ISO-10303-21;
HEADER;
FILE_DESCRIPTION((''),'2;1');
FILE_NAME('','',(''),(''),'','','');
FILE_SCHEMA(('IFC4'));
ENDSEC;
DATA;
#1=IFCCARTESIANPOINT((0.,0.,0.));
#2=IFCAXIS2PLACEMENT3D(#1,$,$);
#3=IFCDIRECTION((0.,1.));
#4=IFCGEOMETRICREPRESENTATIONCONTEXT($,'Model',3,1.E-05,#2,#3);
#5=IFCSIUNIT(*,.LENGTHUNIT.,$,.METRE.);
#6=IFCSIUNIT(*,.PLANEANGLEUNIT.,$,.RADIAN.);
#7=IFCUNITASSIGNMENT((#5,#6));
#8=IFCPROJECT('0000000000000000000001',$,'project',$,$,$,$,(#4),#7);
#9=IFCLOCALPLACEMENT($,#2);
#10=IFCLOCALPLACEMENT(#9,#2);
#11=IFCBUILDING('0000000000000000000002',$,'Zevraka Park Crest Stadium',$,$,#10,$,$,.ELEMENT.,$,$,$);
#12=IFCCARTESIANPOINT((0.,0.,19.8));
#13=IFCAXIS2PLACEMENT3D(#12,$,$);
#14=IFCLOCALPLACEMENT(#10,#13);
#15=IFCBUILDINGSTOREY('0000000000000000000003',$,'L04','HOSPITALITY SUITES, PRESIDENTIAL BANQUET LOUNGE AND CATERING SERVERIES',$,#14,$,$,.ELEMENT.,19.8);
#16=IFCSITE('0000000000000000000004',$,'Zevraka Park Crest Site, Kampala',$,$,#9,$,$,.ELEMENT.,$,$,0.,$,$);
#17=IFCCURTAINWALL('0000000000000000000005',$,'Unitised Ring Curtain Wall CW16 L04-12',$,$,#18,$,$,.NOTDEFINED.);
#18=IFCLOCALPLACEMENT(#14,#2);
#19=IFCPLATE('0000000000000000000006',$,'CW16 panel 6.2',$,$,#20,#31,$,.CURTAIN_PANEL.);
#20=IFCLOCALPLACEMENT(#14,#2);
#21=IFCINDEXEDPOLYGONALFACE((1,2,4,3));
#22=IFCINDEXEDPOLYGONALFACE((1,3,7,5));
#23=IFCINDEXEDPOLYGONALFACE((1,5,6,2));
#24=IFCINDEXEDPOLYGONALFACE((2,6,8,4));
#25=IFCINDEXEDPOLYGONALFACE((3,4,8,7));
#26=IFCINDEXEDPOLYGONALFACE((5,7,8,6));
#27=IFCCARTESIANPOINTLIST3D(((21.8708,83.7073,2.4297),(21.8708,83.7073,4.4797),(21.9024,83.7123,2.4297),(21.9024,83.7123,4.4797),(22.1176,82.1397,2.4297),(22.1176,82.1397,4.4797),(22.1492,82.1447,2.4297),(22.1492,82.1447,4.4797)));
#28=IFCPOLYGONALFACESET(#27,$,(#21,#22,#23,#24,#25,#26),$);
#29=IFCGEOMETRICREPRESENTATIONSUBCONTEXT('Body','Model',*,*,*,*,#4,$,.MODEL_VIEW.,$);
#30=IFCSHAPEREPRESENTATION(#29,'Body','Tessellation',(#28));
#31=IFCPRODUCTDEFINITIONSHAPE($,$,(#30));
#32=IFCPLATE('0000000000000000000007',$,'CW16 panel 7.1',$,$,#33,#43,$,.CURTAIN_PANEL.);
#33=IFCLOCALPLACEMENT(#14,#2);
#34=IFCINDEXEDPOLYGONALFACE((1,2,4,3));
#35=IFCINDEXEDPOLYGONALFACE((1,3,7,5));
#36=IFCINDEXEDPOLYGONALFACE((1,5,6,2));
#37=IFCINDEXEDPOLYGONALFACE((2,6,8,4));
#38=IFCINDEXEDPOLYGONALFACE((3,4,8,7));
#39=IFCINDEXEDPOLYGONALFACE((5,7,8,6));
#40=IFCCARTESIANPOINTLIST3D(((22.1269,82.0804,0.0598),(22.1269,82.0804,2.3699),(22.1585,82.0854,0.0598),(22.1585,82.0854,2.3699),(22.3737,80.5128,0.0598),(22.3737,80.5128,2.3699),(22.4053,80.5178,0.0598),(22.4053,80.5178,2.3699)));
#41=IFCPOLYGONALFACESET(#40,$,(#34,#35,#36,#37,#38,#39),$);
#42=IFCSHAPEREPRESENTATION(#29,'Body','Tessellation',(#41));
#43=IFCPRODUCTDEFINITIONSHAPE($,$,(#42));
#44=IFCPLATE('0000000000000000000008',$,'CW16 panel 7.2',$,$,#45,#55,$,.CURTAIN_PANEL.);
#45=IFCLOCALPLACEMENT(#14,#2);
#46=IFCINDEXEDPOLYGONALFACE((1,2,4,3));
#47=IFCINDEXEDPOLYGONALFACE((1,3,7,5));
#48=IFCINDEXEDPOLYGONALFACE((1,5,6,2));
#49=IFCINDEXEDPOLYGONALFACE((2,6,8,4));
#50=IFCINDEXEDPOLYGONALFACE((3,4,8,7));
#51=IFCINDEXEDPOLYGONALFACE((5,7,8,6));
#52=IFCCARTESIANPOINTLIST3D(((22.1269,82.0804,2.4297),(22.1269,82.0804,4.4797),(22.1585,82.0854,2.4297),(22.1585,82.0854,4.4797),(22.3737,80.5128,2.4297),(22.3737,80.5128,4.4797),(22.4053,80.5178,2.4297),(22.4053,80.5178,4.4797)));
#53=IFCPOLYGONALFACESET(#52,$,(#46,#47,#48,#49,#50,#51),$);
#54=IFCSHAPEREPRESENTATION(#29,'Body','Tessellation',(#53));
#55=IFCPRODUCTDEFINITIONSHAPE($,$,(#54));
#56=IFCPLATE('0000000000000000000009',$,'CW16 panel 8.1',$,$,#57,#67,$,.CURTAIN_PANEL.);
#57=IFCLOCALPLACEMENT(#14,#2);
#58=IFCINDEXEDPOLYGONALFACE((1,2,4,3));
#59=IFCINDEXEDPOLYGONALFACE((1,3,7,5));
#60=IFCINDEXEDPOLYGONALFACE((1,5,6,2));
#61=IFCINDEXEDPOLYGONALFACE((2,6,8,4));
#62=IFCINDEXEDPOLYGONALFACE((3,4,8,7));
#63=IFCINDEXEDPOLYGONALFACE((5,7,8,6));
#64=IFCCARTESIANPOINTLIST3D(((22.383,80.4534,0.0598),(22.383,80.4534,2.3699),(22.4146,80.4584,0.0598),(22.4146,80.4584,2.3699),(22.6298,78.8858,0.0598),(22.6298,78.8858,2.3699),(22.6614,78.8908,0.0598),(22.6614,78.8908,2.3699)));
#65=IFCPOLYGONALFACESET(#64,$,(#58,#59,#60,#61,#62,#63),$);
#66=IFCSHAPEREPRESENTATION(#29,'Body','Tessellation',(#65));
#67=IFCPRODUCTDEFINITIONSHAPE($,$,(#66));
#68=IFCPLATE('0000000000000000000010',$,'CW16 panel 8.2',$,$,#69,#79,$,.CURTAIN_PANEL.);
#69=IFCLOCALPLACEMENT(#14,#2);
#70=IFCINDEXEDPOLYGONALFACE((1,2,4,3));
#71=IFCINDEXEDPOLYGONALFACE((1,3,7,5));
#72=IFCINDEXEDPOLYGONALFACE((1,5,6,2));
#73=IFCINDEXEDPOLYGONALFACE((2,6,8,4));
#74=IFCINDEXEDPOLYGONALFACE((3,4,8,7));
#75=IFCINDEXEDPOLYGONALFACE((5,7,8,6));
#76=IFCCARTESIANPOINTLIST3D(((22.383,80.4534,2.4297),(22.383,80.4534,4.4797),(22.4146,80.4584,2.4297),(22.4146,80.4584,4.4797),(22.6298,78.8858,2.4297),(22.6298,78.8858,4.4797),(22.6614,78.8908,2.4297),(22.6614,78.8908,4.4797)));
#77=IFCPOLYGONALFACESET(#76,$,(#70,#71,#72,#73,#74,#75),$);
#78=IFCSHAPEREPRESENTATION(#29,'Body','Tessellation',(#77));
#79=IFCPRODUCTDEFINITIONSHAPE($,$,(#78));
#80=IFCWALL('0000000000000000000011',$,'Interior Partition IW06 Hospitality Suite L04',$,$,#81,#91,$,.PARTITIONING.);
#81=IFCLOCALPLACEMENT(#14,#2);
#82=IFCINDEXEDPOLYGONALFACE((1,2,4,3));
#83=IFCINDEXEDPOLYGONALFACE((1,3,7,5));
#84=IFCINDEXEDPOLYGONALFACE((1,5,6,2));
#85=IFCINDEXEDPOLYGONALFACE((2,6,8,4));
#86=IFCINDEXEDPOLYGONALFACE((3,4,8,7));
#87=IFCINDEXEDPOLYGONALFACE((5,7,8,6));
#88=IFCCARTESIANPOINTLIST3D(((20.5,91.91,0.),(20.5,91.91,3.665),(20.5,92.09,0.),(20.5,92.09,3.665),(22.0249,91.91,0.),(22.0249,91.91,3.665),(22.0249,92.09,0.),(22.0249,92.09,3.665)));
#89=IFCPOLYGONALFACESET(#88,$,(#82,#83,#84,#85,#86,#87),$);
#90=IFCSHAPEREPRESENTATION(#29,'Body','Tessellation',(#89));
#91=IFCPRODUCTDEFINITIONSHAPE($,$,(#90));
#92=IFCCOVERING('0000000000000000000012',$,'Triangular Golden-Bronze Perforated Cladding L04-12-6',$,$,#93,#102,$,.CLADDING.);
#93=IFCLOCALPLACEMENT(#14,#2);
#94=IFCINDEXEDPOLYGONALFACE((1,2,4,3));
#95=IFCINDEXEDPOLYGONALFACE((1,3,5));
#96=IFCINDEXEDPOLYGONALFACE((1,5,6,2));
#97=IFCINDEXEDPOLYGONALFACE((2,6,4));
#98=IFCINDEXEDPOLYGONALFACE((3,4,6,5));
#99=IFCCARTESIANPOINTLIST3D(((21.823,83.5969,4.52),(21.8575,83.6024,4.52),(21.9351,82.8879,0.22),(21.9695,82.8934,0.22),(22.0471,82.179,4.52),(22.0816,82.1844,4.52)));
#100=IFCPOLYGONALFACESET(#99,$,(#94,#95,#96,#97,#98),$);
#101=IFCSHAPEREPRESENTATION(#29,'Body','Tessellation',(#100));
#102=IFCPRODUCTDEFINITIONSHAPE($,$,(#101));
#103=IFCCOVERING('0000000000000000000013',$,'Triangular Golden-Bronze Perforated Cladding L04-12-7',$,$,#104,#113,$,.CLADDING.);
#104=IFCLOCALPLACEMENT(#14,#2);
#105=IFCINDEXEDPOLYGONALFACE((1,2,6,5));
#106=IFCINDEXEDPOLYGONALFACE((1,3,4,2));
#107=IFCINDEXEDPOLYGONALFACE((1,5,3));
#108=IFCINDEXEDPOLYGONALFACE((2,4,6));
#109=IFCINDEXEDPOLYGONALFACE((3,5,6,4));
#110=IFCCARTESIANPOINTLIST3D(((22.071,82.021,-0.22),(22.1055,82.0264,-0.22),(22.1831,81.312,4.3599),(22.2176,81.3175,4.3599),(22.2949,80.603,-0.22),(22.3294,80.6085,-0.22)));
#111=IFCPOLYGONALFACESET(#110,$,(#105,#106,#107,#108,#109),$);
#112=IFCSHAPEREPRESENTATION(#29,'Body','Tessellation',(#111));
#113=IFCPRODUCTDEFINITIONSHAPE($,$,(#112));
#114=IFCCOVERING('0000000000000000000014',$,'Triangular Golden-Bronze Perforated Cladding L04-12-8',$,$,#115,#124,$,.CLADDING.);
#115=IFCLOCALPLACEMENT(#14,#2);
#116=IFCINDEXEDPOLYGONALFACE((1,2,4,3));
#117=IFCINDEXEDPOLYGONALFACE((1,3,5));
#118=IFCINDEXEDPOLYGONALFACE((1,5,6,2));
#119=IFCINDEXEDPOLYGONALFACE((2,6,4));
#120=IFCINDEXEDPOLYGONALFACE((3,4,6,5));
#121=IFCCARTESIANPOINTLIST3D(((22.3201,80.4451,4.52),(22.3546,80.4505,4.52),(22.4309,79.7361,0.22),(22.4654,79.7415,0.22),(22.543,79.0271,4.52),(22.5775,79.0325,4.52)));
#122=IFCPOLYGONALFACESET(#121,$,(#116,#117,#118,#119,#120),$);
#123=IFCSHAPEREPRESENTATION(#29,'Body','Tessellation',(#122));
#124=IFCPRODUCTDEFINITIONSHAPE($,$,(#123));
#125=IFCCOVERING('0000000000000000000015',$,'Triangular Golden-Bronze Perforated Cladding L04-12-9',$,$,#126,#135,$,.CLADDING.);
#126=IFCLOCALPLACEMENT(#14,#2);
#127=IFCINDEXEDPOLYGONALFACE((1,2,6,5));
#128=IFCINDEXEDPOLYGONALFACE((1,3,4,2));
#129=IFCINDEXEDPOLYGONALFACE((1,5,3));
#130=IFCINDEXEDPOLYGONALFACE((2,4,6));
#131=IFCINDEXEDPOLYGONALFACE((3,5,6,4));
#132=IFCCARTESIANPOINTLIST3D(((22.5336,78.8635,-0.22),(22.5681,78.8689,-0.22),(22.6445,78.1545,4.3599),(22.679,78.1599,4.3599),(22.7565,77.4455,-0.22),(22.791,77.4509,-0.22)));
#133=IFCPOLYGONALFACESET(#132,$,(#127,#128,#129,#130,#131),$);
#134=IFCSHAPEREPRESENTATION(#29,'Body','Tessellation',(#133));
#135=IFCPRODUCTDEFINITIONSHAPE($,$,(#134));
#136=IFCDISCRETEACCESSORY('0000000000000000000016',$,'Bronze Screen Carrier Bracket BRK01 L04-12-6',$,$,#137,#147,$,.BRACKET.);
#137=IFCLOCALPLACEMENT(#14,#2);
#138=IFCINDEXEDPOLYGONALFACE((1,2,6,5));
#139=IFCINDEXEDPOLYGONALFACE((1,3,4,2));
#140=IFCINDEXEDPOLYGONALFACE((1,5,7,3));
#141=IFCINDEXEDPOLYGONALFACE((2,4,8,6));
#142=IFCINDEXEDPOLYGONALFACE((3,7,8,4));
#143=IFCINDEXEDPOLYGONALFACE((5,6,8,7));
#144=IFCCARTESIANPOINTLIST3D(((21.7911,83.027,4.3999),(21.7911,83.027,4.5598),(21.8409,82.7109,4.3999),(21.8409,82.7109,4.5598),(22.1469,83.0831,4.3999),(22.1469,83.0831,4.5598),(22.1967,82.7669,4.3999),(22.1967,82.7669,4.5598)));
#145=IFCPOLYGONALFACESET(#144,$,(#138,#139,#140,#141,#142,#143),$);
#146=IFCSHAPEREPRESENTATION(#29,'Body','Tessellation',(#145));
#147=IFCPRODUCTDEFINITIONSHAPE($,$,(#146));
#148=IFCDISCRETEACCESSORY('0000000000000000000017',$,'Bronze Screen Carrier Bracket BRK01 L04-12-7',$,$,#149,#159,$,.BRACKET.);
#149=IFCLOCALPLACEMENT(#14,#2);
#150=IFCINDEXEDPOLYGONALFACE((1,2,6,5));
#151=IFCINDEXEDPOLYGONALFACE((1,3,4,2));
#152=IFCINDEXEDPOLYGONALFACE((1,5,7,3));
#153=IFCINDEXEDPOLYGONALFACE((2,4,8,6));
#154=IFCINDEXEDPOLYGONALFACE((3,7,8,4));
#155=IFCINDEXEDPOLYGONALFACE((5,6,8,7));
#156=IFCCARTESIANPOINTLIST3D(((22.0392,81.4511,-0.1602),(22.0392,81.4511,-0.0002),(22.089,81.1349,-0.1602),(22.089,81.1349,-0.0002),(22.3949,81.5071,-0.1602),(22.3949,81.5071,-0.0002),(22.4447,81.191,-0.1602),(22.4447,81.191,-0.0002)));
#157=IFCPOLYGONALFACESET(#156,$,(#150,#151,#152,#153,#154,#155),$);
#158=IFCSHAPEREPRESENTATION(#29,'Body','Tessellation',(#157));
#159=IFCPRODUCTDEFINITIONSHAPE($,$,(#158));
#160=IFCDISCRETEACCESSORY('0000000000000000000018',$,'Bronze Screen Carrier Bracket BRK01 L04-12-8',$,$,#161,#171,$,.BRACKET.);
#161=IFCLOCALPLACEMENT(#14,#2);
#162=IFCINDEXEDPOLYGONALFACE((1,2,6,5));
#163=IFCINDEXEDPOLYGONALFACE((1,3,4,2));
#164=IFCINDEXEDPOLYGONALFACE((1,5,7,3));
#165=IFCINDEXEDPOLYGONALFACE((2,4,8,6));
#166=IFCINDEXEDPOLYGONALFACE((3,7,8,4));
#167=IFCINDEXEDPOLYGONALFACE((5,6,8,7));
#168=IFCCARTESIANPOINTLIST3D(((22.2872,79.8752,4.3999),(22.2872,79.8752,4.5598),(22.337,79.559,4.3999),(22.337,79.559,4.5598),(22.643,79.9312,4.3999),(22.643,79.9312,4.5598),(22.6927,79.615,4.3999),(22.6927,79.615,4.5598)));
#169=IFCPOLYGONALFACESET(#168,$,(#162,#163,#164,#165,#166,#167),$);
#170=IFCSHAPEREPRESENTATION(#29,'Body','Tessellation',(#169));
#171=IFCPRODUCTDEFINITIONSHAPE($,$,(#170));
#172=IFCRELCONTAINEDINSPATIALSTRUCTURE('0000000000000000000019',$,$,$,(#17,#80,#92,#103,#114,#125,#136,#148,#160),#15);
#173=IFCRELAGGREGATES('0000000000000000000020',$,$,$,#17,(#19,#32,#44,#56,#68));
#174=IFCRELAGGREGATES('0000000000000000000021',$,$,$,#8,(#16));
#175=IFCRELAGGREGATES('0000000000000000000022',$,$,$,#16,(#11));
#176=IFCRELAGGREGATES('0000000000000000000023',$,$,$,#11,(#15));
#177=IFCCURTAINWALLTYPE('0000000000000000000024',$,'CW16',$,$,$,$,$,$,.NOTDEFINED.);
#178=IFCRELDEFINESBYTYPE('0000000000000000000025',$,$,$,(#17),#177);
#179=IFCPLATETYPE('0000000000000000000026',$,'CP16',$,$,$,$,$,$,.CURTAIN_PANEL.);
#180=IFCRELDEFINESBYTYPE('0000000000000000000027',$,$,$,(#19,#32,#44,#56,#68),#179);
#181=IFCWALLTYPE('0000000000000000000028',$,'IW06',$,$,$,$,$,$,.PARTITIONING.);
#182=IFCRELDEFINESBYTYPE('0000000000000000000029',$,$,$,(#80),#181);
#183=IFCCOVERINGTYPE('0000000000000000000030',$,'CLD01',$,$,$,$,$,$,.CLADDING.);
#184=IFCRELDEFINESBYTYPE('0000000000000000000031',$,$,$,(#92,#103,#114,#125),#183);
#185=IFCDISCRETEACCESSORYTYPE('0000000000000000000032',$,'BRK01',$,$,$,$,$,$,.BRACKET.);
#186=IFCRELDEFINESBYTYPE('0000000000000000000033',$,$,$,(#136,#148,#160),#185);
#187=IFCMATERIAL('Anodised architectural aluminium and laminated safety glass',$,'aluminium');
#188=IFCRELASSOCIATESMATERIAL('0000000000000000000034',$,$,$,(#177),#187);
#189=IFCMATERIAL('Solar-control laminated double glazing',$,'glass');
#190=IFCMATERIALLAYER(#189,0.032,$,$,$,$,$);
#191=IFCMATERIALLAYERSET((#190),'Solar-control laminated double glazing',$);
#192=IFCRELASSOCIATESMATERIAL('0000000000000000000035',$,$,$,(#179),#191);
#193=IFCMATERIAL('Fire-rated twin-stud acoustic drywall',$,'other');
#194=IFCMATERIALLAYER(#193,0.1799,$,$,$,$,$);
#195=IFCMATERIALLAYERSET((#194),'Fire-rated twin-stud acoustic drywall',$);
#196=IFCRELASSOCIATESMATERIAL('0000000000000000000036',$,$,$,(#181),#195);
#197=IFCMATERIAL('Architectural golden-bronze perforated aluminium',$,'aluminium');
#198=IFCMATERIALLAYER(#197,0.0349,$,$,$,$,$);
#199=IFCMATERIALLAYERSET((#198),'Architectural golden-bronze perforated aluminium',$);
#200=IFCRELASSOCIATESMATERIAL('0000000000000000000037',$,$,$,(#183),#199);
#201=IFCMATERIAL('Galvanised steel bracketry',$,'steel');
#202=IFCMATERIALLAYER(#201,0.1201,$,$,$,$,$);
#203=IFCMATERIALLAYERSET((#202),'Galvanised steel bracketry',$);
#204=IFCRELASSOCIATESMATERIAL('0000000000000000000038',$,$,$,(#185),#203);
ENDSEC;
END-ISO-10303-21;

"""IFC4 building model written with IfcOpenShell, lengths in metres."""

from ifc_helpers import new_model, si_unit, direction, frame, frame_2d, origin, origin_2d, place, context, subcontext, project, spatial, polyline, rectangle, outline, extrude, material, layer, layer_set, type_object, element, aggregate, save


model = new_model("IFC4")

# Units and contexts
model_context = context("Model", 3, precision=1e-05, world=origin(), true_north=direction((0.0, 1.0)))
body_context = subcontext(model_context, "Body", "Model", "MODEL_VIEW")
ifc_project = project(units=[si_unit("LENGTHUNIT", "METRE"), si_unit("PLANEANGLEUNIT", "RADIAN")], contexts=[model_context])

# Site, building, storey
site_placement = place(None, origin())
site = spatial("IfcSite", under=ifc_project, at=site_placement, Name="Zevraka Park Crest Site, Kampala", CompositionType="ELEMENT", RefElevation=0.0)
building_placement = place(site_placement, origin())
building = spatial("IfcBuilding", under=site, at=building_placement, Name="Zevraka Park Crest Stadium", CompositionType="ELEMENT")
storey_placement = place(building_placement, frame((0.0, 0.0, 19.8)))
storey = spatial("IfcBuildingStorey", under=building, at=storey_placement, Name="L04", Description="HOSPITALITY SUITES, PRESIDENTIAL BANQUET LOUNGE AND CATERING SERVERIES", CompositionType="ELEMENT", Elevation=19.8)

# Curtain wall, plates
ifc_material_1 = material(Name="Anodised architectural aluminium and laminated safety glass", Category="aluminium")
curtain_wall_type = type_object("IfcCurtainWallType", Name="CW16", PredefinedType="NOTDEFINED", material=ifc_material_1)
curtain_wall_placement = place(storey_placement, origin())
curtain_wall = element("IfcCurtainWall", 1, at=curtain_wall_placement, inside=storey, type_object=curtain_wall_type, Name="Unitised Ring Curtain Wall CW16 L04-12", PredefinedType="NOTDEFINED")
ifc_material_2 = material(Name="Solar-control laminated double glazing", Category="glass")
ifc_layer_1 = layer(ifc_material_2, 0.032)
ifc_layer_set_1 = layer_set([ifc_layer_1], Name="Solar-control laminated double glazing")
plate_type = type_object("IfcPlateType", Name="CP16", PredefinedType="CURTAIN_PANEL", material=ifc_layer_set_1)
plate_1_placement = place(storey_placement, frame((22.01, 82.926, 2.4297), z_axis=(0.0, 0.0, 1.0), x_axis=(0.155539, -0.98783, 0.0)))
plate_1 = element("IfcPlate", 2, at=plate_1_placement, type_object=plate_type, Name="CW16 panel 6.2", PredefinedType="CURTAIN_PANEL", context=body_context, shape_type="SweptSolid", body=[
    extrude(rectangle(XDim=1.5869, YDim=0.032, at=origin_2d()), origin(), (0.0, 0.0, 1.0), 2.05),
])
plate_2_placement = place(storey_placement, frame((22.2661, 81.2991, 0.0598), z_axis=(0.0, 0.0, 1.0), x_axis=(0.155539, -0.98783, 0.0)))
plate_2 = element("IfcPlate", 3, at=plate_2_placement, type_object=plate_type, Name="CW16 panel 7.1", PredefinedType="CURTAIN_PANEL", context=body_context, shape_type="SweptSolid", body=[
    extrude(rectangle(XDim=1.5869, YDim=0.032, at=origin_2d()), origin(), (0.0, 0.0, 1.0), 2.3101),
])
plate_3_placement = place(storey_placement, frame((22.2661, 81.2991, 2.4297), z_axis=(0.0, 0.0, 1.0), x_axis=(0.155539, -0.98783, 0.0)))
plate_3 = element("IfcPlate", 4, at=plate_3_placement, type_object=plate_type, Name="CW16 panel 7.2", PredefinedType="CURTAIN_PANEL", context=body_context, shape_type="SweptSolid", body=[
    extrude(rectangle(XDim=1.5869, YDim=0.032, at=origin_2d()), origin(), (0.0, 0.0, 1.0), 2.05),
])
plate_4_placement = place(storey_placement, frame((22.5222, 79.6721, 0.0598), z_axis=(0.0, 0.0, 1.0), x_axis=(0.155539, -0.98783, 0.0)))
plate_4 = element("IfcPlate", 5, at=plate_4_placement, type_object=plate_type, Name="CW16 panel 8.1", PredefinedType="CURTAIN_PANEL", context=body_context, shape_type="SweptSolid", body=[
    extrude(rectangle(XDim=1.5869, YDim=0.032, at=origin_2d()), origin(), (0.0, 0.0, 1.0), 2.3101),
])
plate_5_placement = place(storey_placement, frame((22.5222, 79.6721, 2.4297), z_axis=(0.0, 0.0, 1.0), x_axis=(0.155539, -0.98783, 0.0)))
plate_5 = element("IfcPlate", 6, at=plate_5_placement, type_object=plate_type, Name="CW16 panel 8.2", PredefinedType="CURTAIN_PANEL", context=body_context, shape_type="SweptSolid", body=[
    extrude(rectangle(XDim=1.5869, YDim=0.032, at=origin_2d()), origin(), (0.0, 0.0, 1.0), 2.05),
])
aggregate(curtain_wall, [plate_1, plate_2, plate_3, plate_4, plate_5])

# Wall
ifc_material_3 = material(Name="Fire-rated twin-stud acoustic drywall", Category="other")
ifc_layer_2 = layer(ifc_material_3, 0.1799)
ifc_layer_set_2 = layer_set([ifc_layer_2], Name="Fire-rated twin-stud acoustic drywall")
wall_type = type_object("IfcWallType", Name="IW06", PredefinedType="PARTITIONING", material=ifc_layer_set_2)
wall_placement = place(storey_placement, frame((22.0249, 92.0, 0.0), z_axis=(0.0, 0.0, 1.0), x_axis=(-1.0, 0.0, 0.0)))
element("IfcWall", 7, at=wall_placement, inside=storey, type_object=wall_type, Name="Interior Partition IW06 Hospitality Suite L04", PredefinedType="PARTITIONING", context=body_context, shape_type="SweptSolid", body=[
    extrude(rectangle(XDim=1.5249, YDim=0.1799, at=frame_2d((0.7625, 0.0))), origin(), (0.0, 0.0, 1.0), 3.665),
])

# Coverings
ifc_material_4 = material(Name="Architectural golden-bronze perforated aluminium", Category="aluminium")
ifc_layer_3 = layer(ifc_material_4, 0.0349)
ifc_layer_set_3 = layer_set([ifc_layer_3], Name="Architectural golden-bronze perforated aluminium")
covering_type = type_object("IfcCoveringType", Name="CLD01", PredefinedType="CLADDING", material=ifc_layer_set_3)
covering_1_placement = place(storey_placement, frame((22.0471, 82.179, 4.52), z_axis=(-0.987738, -0.15612, 0.0), x_axis=(-0.15612, 0.987738, 0.0)))
element("IfcCovering", 8, at=covering_1_placement, inside=storey, type_object=covering_type, Name="Triangular Golden-Bronze Perforated Cladding L04-12-6", PredefinedType="CLADDING", context=body_context, shape_type="SweptSolid", body=[
    extrude(outline(polyline([(0.0, 0.0), (1.4356, 0.0), (0.7178, 4.3), (0.0, 0.0)])), origin(), (0.0, 0.0, -1.0), 0.0349),
])
covering_2_placement = place(storey_placement, frame((22.071, 82.021, -0.22), z_axis=(-0.987764, -0.155954, 0.000026), x_axis=(0.155954, -0.987764, 0.0)))
element("IfcCovering", 9, at=covering_2_placement, inside=storey, type_object=covering_type, Name="Triangular Golden-Bronze Perforated Cladding L04-12-7", PredefinedType="CLADDING", context=body_context, shape_type="SweptSolid", body=[
    extrude(outline(polyline([(0.0, 0.0), (1.4355, 0.0), (0.7178, 4.5798), (0.0, 0.0)])), origin(), (0.0, 0.0, -1.0), 0.0349),
])
covering_3_placement = place(storey_placement, frame((22.543, 79.0271, 4.52), z_axis=(-0.987869, -0.15529, 0.00014), x_axis=(-0.15529, 0.987869, 0.0)))
element("IfcCovering", 10, at=covering_3_placement, inside=storey, type_object=covering_type, Name="Triangular Golden-Bronze Perforated Cladding L04-12-8", PredefinedType="CLADDING", context=body_context, shape_type="SweptSolid", body=[
    extrude(outline(polyline([(0.0, 0.0), (1.4354, 0.0), (0.7178, 4.3), (0.0, 0.0)])), origin(), (0.0, 0.0, -1.0), 0.0349),
])
covering_4_placement = place(storey_placement, frame((22.5681, 78.8689, -0.22), z_axis=(0.987869, 0.15529, 0.000132), x_axis=(0.15529, -0.987869, 0.0)))
element("IfcCovering", 11, at=covering_4_placement, inside=storey, type_object=covering_type, Name="Triangular Golden-Bronze Perforated Cladding L04-12-9", PredefinedType="CLADDING", context=body_context, shape_type="SweptSolid", body=[
    extrude(outline(polyline([(0.0, 0.0), (1.4354, 0.0), (0.7176, -4.5798), (0.0, 0.0)])), origin(), (0.0, 0.0, -1.0), 0.0349),
])

# Discrete accessories
ifc_material_5 = material(Name="Galvanised steel bracketry", Category="steel")
ifc_layer_4 = layer(ifc_material_5, 0.1201)
ifc_layer_set_4 = layer_set([ifc_layer_4], Name="Galvanised steel bracketry")
discrete_accessory_type = type_object("IfcDiscreteAccessoryType", Name="BRK01", PredefinedType="BRACKET", material=ifc_layer_set_4)
for number, where, z_axis, x_axis, name in (
    (12, (21.9939, 82.897, 4.3999), (0.0, 0.0, 1.0), (0.155572, -0.987824, 0.0), "Bronze Screen Carrier Bracket BRK01 L04-12-6"),
    (13, (22.2419, 81.321, -0.1602), (0.0, 0.0, 1.0), (0.155572, -0.987824, 0.0), "Bronze Screen Carrier Bracket BRK01 L04-12-7"),
    (14, (22.49, 79.7451, 4.3999), (0.0, 0.0, 1.0), (0.155572, -0.987824, 0.0), "Bronze Screen Carrier Bracket BRK01 L04-12-8"),
):
    element("IfcDiscreteAccessory", number, at=place(storey_placement, frame(where, z_axis=z_axis, x_axis=x_axis)), inside=storey, type_object=discrete_accessory_type, Name=name, PredefinedType="BRACKET", context=body_context, shape_type="SweptSolid", body=[
        extrude(rectangle(XDim=0.3201, YDim=0.3601, at=origin_2d()), origin(), (0.0, 0.0, 1.0), 0.1599),
    ])

save(model, "model.ifc")
